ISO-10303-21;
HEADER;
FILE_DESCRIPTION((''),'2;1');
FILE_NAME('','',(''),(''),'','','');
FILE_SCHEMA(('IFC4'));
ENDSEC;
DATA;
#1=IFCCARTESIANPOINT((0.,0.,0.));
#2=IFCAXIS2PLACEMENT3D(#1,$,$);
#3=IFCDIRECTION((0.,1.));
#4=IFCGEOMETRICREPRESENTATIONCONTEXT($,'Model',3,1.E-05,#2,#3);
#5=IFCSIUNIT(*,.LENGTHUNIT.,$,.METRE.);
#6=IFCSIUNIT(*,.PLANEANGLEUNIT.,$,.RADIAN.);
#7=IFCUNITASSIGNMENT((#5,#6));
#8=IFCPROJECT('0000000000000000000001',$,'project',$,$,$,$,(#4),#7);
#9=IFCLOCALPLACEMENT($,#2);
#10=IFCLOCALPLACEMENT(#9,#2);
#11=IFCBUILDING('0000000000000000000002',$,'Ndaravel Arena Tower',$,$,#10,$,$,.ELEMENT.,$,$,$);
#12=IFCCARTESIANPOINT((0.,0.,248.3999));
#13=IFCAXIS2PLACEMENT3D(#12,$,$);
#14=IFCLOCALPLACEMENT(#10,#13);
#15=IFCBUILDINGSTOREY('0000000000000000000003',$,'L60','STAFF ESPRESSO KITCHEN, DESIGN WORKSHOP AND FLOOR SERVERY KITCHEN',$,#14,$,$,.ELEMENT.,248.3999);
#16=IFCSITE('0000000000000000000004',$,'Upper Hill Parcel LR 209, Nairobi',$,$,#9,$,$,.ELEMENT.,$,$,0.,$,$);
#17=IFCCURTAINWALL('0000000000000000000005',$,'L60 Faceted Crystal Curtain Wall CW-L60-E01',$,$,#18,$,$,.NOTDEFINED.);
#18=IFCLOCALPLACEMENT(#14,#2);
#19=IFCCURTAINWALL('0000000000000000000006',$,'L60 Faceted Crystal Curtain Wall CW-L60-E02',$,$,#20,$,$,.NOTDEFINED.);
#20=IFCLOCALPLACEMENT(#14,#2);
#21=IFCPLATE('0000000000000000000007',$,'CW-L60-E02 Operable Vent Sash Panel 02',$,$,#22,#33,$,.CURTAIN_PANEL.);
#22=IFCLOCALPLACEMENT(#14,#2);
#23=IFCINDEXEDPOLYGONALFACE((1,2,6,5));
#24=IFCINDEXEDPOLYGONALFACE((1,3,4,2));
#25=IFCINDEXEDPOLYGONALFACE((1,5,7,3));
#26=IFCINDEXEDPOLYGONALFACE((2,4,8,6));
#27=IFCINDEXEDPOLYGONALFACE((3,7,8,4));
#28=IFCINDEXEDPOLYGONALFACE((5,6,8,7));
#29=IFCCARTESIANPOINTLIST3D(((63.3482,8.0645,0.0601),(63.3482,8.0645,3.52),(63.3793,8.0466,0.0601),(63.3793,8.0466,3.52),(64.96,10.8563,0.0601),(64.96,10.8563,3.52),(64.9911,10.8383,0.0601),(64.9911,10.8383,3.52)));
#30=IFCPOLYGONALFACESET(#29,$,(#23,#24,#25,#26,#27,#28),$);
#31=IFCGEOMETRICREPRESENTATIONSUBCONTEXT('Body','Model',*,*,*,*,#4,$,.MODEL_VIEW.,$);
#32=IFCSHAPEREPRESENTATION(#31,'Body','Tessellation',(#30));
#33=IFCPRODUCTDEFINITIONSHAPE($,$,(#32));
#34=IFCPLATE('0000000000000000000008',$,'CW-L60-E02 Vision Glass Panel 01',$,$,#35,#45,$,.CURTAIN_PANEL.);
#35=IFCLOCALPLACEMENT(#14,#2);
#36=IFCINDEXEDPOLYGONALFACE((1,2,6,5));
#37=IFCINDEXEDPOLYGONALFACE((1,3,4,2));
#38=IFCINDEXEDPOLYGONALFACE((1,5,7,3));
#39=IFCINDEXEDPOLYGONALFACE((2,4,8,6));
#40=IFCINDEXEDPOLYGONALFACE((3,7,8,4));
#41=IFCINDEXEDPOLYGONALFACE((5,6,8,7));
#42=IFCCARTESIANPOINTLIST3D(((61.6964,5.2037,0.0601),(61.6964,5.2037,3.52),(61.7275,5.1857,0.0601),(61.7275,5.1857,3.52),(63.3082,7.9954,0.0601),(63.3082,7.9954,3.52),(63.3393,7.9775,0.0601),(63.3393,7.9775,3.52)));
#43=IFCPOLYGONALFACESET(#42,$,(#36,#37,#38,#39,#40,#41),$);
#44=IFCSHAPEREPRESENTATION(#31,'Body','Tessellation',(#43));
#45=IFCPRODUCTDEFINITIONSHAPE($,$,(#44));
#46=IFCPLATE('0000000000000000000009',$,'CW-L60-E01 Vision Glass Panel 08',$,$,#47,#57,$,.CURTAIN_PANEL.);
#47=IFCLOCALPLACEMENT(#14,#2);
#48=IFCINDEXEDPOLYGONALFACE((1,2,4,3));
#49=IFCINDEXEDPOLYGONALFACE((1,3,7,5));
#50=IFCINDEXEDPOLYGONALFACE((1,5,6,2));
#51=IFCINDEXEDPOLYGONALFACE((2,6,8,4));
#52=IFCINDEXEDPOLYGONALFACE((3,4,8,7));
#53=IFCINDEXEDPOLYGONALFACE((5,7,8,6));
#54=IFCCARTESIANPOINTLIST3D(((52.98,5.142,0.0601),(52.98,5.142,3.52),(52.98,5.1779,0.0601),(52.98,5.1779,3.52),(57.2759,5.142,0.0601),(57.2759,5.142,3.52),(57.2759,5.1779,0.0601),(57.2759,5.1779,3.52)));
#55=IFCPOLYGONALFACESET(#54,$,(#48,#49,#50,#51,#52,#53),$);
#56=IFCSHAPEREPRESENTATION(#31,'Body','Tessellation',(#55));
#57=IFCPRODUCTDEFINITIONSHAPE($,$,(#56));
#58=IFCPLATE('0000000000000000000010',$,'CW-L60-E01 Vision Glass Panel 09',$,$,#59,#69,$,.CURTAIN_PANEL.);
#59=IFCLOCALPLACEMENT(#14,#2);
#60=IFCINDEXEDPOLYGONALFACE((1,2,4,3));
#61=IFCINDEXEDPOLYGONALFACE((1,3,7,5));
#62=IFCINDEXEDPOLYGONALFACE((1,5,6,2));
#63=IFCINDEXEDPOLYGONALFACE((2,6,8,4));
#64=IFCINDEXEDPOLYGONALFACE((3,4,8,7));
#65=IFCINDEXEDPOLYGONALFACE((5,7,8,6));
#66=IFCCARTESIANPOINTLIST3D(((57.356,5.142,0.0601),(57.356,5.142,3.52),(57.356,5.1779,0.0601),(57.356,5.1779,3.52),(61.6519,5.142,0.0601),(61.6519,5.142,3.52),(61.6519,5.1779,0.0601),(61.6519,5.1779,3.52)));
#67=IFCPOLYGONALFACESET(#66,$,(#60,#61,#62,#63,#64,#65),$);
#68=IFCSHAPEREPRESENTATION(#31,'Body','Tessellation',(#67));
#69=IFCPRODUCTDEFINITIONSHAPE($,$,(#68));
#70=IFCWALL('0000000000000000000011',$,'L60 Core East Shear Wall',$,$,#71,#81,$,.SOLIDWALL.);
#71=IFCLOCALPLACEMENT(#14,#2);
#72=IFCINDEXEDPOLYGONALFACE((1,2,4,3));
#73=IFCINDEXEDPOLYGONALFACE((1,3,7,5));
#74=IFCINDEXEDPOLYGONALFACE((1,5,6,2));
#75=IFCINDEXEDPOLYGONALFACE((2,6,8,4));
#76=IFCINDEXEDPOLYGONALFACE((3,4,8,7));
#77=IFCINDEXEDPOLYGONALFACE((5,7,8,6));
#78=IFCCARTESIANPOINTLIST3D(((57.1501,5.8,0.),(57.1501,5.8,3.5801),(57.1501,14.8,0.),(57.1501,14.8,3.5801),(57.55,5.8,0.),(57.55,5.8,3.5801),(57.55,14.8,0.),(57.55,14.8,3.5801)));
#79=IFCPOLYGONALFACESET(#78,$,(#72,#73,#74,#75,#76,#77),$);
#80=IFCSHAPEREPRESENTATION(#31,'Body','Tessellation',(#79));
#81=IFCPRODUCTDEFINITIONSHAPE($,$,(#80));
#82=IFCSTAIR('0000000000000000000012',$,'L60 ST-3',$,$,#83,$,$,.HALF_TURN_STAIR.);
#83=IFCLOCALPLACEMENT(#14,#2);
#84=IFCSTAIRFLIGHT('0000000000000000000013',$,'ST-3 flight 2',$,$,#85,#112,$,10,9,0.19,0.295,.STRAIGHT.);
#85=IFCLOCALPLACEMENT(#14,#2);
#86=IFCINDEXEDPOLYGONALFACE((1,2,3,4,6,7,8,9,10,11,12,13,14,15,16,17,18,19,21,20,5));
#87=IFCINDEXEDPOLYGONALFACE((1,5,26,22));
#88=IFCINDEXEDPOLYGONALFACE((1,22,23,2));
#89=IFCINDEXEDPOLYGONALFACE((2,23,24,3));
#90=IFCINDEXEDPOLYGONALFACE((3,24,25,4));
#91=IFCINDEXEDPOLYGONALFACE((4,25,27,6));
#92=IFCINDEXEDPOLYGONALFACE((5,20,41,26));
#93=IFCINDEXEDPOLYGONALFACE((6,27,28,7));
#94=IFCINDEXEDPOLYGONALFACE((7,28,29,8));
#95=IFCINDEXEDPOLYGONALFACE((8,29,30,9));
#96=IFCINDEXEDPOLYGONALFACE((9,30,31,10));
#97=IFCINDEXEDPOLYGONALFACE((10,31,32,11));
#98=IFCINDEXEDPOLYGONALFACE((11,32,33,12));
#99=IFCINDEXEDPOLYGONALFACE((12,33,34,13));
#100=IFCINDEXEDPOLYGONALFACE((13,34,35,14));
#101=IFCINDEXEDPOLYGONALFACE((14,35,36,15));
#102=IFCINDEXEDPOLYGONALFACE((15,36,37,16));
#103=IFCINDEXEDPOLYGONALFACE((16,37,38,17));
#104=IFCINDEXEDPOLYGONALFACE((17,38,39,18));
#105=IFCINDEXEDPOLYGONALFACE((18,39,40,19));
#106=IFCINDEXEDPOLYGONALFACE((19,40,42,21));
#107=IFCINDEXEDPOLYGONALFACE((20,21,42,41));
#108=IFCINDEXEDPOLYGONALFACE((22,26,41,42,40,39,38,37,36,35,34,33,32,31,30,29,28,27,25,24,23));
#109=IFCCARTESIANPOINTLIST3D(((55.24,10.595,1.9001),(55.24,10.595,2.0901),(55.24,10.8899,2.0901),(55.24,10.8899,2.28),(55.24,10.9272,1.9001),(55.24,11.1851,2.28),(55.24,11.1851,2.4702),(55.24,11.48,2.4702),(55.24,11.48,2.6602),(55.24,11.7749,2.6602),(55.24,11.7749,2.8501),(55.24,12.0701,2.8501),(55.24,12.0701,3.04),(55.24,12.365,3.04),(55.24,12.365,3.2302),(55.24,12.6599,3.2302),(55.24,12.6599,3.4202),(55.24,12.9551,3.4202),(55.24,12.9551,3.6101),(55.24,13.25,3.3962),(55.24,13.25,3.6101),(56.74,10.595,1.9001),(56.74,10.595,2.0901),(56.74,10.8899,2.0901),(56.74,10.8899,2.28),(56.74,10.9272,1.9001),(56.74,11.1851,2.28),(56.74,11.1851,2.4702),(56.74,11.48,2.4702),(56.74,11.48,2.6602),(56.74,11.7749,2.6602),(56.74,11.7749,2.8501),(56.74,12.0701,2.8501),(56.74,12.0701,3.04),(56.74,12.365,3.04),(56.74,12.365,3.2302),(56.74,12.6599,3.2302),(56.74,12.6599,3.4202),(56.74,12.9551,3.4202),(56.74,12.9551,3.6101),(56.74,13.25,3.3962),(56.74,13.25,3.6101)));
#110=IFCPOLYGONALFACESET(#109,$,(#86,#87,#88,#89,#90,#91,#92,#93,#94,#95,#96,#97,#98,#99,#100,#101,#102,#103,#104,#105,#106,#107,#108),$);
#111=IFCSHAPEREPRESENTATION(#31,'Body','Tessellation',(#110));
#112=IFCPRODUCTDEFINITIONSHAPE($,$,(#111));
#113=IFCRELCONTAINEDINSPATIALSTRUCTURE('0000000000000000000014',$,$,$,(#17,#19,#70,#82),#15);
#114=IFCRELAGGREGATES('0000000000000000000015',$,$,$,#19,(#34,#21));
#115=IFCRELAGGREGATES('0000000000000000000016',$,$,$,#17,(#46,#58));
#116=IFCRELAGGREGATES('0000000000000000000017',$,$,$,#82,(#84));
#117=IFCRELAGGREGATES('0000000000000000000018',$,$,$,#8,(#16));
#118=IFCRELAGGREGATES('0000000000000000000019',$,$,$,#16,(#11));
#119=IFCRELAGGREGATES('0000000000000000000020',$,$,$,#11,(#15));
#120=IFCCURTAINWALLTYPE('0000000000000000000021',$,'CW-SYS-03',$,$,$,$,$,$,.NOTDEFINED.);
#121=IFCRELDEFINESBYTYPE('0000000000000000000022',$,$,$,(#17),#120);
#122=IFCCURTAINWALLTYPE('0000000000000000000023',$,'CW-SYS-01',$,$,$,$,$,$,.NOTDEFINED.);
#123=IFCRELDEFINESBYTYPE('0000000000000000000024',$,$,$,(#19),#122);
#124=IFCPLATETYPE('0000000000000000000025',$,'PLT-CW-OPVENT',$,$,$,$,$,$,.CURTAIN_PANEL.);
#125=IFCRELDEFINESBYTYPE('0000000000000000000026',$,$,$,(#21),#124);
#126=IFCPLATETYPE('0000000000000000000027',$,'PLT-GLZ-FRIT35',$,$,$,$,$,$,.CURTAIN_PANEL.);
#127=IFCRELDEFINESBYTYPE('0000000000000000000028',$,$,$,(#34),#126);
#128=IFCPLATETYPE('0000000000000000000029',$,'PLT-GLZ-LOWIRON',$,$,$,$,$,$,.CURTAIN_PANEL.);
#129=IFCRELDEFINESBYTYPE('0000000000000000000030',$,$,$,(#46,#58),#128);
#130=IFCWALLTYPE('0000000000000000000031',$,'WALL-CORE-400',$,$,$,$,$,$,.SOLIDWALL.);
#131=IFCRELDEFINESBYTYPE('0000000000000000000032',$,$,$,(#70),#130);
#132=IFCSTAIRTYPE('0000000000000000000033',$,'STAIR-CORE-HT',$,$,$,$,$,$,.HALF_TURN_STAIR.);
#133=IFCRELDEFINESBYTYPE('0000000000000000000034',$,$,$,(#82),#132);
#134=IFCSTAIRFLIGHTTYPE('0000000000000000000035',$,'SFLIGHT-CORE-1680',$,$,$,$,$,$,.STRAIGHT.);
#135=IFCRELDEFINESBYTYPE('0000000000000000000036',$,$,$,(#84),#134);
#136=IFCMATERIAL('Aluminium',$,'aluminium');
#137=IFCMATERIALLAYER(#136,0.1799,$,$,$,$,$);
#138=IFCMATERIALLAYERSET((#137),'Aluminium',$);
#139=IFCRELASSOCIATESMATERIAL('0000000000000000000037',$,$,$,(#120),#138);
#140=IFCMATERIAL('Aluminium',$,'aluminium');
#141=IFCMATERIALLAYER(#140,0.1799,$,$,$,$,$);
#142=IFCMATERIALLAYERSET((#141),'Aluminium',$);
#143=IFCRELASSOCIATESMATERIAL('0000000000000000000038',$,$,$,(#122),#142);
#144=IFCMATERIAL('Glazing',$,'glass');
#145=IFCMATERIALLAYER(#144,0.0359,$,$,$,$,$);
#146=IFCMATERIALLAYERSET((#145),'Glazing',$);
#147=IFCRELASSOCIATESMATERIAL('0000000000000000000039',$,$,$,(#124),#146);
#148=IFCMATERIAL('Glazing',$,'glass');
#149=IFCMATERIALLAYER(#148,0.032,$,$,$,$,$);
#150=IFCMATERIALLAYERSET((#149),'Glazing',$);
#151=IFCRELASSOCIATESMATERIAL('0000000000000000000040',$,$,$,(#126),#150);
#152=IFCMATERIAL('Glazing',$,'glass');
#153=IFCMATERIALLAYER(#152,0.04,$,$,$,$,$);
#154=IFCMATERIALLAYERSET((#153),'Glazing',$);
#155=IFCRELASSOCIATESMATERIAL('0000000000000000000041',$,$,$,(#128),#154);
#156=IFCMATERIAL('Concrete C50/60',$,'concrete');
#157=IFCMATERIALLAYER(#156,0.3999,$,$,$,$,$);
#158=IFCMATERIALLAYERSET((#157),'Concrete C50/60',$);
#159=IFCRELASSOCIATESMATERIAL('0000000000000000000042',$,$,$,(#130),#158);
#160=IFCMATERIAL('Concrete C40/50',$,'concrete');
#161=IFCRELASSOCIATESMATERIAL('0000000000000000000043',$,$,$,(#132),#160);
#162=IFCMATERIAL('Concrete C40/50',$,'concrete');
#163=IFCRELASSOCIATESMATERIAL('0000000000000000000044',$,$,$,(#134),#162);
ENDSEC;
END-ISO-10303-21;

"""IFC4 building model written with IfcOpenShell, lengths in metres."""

from ifc_helpers import new_model, si_unit, direction, frame, frame_2d, origin, origin_2d, place, context, subcontext, project, spatial, polyline, rectangle, outline, extrude, material, layer, layer_set, type_object, element, aggregate, save


model = new_model("IFC4")

# Units and contexts
model_context = context("Model", 3, precision=1e-05, world=origin(), true_north=direction((0.0, 1.0)))
body_context = subcontext(model_context, "Body", "Model", "MODEL_VIEW")
ifc_project = project(units=[si_unit("LENGTHUNIT", "METRE"), si_unit("PLANEANGLEUNIT", "RADIAN")], contexts=[model_context])

# Site, building, storey
site_placement = place(None, origin())
site = spatial("IfcSite", under=ifc_project, at=site_placement, Name="Upper Hill Parcel LR 209, Nairobi", CompositionType="ELEMENT", RefElevation=0.0)
building_placement = place(site_placement, origin())
building = spatial("IfcBuilding", under=site, at=building_placement, Name="Ndaravel Arena Tower", CompositionType="ELEMENT")
storey_placement = place(building_placement, frame((0.0, 0.0, 248.3999)))
storey = spatial("IfcBuildingStorey", under=building, at=storey_placement, Name="L60", Description="STAFF ESPRESSO KITCHEN, DESIGN WORKSHOP AND FLOOR SERVERY KITCHEN", CompositionType="ELEMENT", Elevation=248.3999)

# Curtain wall
ifc_material_1 = material(Name="Aluminium", Category="aluminium")
ifc_layer_1 = layer(ifc_material_1, 0.1799)
ifc_layer_set_1 = layer_set([ifc_layer_1], Name="Aluminium")
curtain_wall_type_1 = type_object("IfcCurtainWallType", Name="CW-SYS-03", PredefinedType="NOTDEFINED", material=ifc_layer_set_1)
curtain_wall_1_placement = place(storey_placement, origin())
curtain_wall_1 = element("IfcCurtainWall", 1, at=curtain_wall_1_placement, inside=storey, type_object=curtain_wall_type_1, Name="L60 Faceted Crystal Curtain Wall CW-L60-E01", PredefinedType="NOTDEFINED")

# Curtain wall
ifc_material_2 = material(Name="Aluminium", Category="aluminium")
ifc_layer_2 = layer(ifc_material_2, 0.1799)
ifc_layer_set_2 = layer_set([ifc_layer_2], Name="Aluminium")
curtain_wall_type_2 = type_object("IfcCurtainWallType", Name="CW-SYS-01", PredefinedType="NOTDEFINED", material=ifc_layer_set_2)
curtain_wall_2_placement = place(storey_placement, origin())
curtain_wall_2 = element("IfcCurtainWall", 2, at=curtain_wall_2_placement, inside=storey, type_object=curtain_wall_type_2, Name="L60 Faceted Crystal Curtain Wall CW-L60-E02", PredefinedType="NOTDEFINED")

# Plates
ifc_material_3 = material(Name="Glazing", Category="glass")
ifc_layer_3 = layer(ifc_material_3, 0.0359)
ifc_layer_set_3 = layer_set([ifc_layer_3], Name="Glazing")
plate_type_1 = type_object("IfcPlateType", Name="PLT-CW-OPVENT", PredefinedType="CURTAIN_PANEL", material=ifc_layer_set_3)
plate_1_placement = place(storey_placement, frame((64.1697, 9.4514, 0.0601), z_axis=(0.0, 0.0, 1.0), x_axis=(0.5, 0.866025, 0.0)))
plate_1 = element("IfcPlate", 3, at=plate_1_placement, type_object=plate_type_1, Name="CW-L60-E02 Operable Vent Sash Panel 02", PredefinedType="CURTAIN_PANEL", context=body_context, shape_type="SweptSolid", body=[
    extrude(rectangle(XDim=3.2236, YDim=0.0359, at=origin_2d()), origin(), (0.0, 0.0, 1.0), 3.46),
])
ifc_material_4 = material(Name="Glazing", Category="glass")
ifc_layer_4 = layer(ifc_material_4, 0.032)
ifc_layer_set_4 = layer_set([ifc_layer_4], Name="Glazing")
plate_type_2 = type_object("IfcPlateType", Name="PLT-GLZ-FRIT35", PredefinedType="CURTAIN_PANEL", material=ifc_layer_set_4)
plate_2_placement = place(storey_placement, frame((62.5178, 6.5906, 0.0601), z_axis=(0.0, 0.0, 1.0), x_axis=(0.5, 0.866025, 0.0)))
plate_2 = element("IfcPlate", 4, at=plate_2_placement, type_object=plate_type_2, Name="CW-L60-E02 Vision Glass Panel 01", PredefinedType="CURTAIN_PANEL", context=body_context, shape_type="SweptSolid", body=[
    extrude(rectangle(XDim=3.2236, YDim=0.0359, at=origin_2d()), origin(), (0.0, 0.0, 1.0), 3.46),
])
aggregate(curtain_wall_2, [plate_2, plate_1])
ifc_material_5 = material(Name="Glazing", Category="glass")
ifc_layer_5 = layer(ifc_material_5, 0.04)
ifc_layer_set_5 = layer_set([ifc_layer_5], Name="Glazing")
plate_type_3 = type_object("IfcPlateType", Name="PLT-GLZ-LOWIRON", PredefinedType="CURTAIN_PANEL", material=ifc_layer_set_5)
plate_3_placement = place(storey_placement, frame((55.1279, 5.1599, 0.0601), z_axis=(0.0, 0.0, 1.0), x_axis=(1.0, 0.0, 0.0)))
plate_3 = element("IfcPlate", 5, at=plate_3_placement, type_object=plate_type_3, Name="CW-L60-E01 Vision Glass Panel 08", PredefinedType="CURTAIN_PANEL", context=body_context, shape_type="SweptSolid", body=[
    extrude(rectangle(XDim=4.2959, YDim=0.0359, at=origin_2d()), origin(), (0.0, 0.0, 1.0), 3.46),
])
plate_4_placement = place(storey_placement, frame((59.5039, 5.1599, 0.0601), z_axis=(0.0, 0.0, 1.0), x_axis=(1.0, 0.0, 0.0)))
plate_4 = element("IfcPlate", 6, at=plate_4_placement, type_object=plate_type_3, Name="CW-L60-E01 Vision Glass Panel 09", PredefinedType="CURTAIN_PANEL", context=body_context, shape_type="SweptSolid", body=[
    extrude(rectangle(XDim=4.2959, YDim=0.0359, at=origin_2d()), origin(), (0.0, 0.0, 1.0), 3.46),
])
aggregate(curtain_wall_1, [plate_3, plate_4])

# Wall
ifc_material_6 = material(Name="Concrete C50/60", Category="concrete")
ifc_layer_6 = layer(ifc_material_6, 0.3999)
ifc_layer_set_6 = layer_set([ifc_layer_6], Name="Concrete C50/60")
wall_type = type_object("IfcWallType", Name="WALL-CORE-400", PredefinedType="SOLIDWALL", material=ifc_layer_set_6)
wall_placement = place(storey_placement, frame((57.3501, 5.8, 0.0), z_axis=(0.0, 0.0, 1.0), x_axis=(0.0, 1.0, 0.0)))
element("IfcWall", 7, at=wall_placement, inside=storey, type_object=wall_type, Name="L60 Core East Shear Wall", PredefinedType="SOLIDWALL", context=body_context, shape_type="SweptSolid", body=[
    extrude(rectangle(XDim=9.0, YDim=0.3999, at=frame_2d((4.5, 0.0))), origin(), (0.0, 0.0, 1.0), 3.5801),
])

# Stair, stair flight
ifc_material_7 = material(Name="Concrete C40/50", Category="concrete")
stair_type = type_object("IfcStairType", Name="STAIR-CORE-HT", PredefinedType="HALF_TURN_STAIR", material=ifc_material_7)
stair_placement = place(storey_placement, origin())
stair = element("IfcStair", 8, at=stair_placement, inside=storey, type_object=stair_type, Name="L60 ST-3", PredefinedType="HALF_TURN_STAIR")
ifc_material_8 = material(Name="Concrete C40/50", Category="concrete")
stair_flight_type = type_object("IfcStairFlightType", Name="SFLIGHT-CORE-1680", PredefinedType="STRAIGHT", material=ifc_material_8)
stair_flight_placement = place(storey_placement, frame((55.99, 10.595, 1.9001), z_axis=(0.0, 0.0, 1.0), x_axis=(0.0, 1.0, 0.0)))
stair_flight = element("IfcStairFlight", 9, at=stair_flight_placement, type_object=stair_flight_type, Name="ST-3 flight 2", NumberOfRisers=10, NumberOfTreads=9, PredefinedType="STRAIGHT", RiserHeight=0.19, TreadLength=0.295, context=body_context, shape_type="SweptSolid", body=[
    extrude(outline(polyline([(0.0, 0.0), (0.0, 0.1899), (0.2949, 0.1899), (0.2949, 0.3799), (0.5901, 0.3799), (0.5901, 0.5701), (0.885, 0.5701), (0.885, 0.76), (1.1799, 0.76), (1.1799, 0.95), (1.4751, 0.95), (1.4751, 1.1399), (1.77, 1.1399), (1.77, 1.3301), (2.0649, 1.3301), (2.0649, 1.52), (2.3601, 1.52), (2.3601, 1.71), (2.655, 1.71), (2.655, 1.8999), (2.655, 1.4961), (0.3323, 0.0), (0.0, 0.0)])), frame((0.0, 0.75, 0.0), z_axis=(0.0, -1.0, 0.0), x_axis=(1.0, 0.0, 0.0)), (0.0, 0.0, 1.0), 1.5),
])
aggregate(stair, [stair_flight])

save(model, "model.ifc")
